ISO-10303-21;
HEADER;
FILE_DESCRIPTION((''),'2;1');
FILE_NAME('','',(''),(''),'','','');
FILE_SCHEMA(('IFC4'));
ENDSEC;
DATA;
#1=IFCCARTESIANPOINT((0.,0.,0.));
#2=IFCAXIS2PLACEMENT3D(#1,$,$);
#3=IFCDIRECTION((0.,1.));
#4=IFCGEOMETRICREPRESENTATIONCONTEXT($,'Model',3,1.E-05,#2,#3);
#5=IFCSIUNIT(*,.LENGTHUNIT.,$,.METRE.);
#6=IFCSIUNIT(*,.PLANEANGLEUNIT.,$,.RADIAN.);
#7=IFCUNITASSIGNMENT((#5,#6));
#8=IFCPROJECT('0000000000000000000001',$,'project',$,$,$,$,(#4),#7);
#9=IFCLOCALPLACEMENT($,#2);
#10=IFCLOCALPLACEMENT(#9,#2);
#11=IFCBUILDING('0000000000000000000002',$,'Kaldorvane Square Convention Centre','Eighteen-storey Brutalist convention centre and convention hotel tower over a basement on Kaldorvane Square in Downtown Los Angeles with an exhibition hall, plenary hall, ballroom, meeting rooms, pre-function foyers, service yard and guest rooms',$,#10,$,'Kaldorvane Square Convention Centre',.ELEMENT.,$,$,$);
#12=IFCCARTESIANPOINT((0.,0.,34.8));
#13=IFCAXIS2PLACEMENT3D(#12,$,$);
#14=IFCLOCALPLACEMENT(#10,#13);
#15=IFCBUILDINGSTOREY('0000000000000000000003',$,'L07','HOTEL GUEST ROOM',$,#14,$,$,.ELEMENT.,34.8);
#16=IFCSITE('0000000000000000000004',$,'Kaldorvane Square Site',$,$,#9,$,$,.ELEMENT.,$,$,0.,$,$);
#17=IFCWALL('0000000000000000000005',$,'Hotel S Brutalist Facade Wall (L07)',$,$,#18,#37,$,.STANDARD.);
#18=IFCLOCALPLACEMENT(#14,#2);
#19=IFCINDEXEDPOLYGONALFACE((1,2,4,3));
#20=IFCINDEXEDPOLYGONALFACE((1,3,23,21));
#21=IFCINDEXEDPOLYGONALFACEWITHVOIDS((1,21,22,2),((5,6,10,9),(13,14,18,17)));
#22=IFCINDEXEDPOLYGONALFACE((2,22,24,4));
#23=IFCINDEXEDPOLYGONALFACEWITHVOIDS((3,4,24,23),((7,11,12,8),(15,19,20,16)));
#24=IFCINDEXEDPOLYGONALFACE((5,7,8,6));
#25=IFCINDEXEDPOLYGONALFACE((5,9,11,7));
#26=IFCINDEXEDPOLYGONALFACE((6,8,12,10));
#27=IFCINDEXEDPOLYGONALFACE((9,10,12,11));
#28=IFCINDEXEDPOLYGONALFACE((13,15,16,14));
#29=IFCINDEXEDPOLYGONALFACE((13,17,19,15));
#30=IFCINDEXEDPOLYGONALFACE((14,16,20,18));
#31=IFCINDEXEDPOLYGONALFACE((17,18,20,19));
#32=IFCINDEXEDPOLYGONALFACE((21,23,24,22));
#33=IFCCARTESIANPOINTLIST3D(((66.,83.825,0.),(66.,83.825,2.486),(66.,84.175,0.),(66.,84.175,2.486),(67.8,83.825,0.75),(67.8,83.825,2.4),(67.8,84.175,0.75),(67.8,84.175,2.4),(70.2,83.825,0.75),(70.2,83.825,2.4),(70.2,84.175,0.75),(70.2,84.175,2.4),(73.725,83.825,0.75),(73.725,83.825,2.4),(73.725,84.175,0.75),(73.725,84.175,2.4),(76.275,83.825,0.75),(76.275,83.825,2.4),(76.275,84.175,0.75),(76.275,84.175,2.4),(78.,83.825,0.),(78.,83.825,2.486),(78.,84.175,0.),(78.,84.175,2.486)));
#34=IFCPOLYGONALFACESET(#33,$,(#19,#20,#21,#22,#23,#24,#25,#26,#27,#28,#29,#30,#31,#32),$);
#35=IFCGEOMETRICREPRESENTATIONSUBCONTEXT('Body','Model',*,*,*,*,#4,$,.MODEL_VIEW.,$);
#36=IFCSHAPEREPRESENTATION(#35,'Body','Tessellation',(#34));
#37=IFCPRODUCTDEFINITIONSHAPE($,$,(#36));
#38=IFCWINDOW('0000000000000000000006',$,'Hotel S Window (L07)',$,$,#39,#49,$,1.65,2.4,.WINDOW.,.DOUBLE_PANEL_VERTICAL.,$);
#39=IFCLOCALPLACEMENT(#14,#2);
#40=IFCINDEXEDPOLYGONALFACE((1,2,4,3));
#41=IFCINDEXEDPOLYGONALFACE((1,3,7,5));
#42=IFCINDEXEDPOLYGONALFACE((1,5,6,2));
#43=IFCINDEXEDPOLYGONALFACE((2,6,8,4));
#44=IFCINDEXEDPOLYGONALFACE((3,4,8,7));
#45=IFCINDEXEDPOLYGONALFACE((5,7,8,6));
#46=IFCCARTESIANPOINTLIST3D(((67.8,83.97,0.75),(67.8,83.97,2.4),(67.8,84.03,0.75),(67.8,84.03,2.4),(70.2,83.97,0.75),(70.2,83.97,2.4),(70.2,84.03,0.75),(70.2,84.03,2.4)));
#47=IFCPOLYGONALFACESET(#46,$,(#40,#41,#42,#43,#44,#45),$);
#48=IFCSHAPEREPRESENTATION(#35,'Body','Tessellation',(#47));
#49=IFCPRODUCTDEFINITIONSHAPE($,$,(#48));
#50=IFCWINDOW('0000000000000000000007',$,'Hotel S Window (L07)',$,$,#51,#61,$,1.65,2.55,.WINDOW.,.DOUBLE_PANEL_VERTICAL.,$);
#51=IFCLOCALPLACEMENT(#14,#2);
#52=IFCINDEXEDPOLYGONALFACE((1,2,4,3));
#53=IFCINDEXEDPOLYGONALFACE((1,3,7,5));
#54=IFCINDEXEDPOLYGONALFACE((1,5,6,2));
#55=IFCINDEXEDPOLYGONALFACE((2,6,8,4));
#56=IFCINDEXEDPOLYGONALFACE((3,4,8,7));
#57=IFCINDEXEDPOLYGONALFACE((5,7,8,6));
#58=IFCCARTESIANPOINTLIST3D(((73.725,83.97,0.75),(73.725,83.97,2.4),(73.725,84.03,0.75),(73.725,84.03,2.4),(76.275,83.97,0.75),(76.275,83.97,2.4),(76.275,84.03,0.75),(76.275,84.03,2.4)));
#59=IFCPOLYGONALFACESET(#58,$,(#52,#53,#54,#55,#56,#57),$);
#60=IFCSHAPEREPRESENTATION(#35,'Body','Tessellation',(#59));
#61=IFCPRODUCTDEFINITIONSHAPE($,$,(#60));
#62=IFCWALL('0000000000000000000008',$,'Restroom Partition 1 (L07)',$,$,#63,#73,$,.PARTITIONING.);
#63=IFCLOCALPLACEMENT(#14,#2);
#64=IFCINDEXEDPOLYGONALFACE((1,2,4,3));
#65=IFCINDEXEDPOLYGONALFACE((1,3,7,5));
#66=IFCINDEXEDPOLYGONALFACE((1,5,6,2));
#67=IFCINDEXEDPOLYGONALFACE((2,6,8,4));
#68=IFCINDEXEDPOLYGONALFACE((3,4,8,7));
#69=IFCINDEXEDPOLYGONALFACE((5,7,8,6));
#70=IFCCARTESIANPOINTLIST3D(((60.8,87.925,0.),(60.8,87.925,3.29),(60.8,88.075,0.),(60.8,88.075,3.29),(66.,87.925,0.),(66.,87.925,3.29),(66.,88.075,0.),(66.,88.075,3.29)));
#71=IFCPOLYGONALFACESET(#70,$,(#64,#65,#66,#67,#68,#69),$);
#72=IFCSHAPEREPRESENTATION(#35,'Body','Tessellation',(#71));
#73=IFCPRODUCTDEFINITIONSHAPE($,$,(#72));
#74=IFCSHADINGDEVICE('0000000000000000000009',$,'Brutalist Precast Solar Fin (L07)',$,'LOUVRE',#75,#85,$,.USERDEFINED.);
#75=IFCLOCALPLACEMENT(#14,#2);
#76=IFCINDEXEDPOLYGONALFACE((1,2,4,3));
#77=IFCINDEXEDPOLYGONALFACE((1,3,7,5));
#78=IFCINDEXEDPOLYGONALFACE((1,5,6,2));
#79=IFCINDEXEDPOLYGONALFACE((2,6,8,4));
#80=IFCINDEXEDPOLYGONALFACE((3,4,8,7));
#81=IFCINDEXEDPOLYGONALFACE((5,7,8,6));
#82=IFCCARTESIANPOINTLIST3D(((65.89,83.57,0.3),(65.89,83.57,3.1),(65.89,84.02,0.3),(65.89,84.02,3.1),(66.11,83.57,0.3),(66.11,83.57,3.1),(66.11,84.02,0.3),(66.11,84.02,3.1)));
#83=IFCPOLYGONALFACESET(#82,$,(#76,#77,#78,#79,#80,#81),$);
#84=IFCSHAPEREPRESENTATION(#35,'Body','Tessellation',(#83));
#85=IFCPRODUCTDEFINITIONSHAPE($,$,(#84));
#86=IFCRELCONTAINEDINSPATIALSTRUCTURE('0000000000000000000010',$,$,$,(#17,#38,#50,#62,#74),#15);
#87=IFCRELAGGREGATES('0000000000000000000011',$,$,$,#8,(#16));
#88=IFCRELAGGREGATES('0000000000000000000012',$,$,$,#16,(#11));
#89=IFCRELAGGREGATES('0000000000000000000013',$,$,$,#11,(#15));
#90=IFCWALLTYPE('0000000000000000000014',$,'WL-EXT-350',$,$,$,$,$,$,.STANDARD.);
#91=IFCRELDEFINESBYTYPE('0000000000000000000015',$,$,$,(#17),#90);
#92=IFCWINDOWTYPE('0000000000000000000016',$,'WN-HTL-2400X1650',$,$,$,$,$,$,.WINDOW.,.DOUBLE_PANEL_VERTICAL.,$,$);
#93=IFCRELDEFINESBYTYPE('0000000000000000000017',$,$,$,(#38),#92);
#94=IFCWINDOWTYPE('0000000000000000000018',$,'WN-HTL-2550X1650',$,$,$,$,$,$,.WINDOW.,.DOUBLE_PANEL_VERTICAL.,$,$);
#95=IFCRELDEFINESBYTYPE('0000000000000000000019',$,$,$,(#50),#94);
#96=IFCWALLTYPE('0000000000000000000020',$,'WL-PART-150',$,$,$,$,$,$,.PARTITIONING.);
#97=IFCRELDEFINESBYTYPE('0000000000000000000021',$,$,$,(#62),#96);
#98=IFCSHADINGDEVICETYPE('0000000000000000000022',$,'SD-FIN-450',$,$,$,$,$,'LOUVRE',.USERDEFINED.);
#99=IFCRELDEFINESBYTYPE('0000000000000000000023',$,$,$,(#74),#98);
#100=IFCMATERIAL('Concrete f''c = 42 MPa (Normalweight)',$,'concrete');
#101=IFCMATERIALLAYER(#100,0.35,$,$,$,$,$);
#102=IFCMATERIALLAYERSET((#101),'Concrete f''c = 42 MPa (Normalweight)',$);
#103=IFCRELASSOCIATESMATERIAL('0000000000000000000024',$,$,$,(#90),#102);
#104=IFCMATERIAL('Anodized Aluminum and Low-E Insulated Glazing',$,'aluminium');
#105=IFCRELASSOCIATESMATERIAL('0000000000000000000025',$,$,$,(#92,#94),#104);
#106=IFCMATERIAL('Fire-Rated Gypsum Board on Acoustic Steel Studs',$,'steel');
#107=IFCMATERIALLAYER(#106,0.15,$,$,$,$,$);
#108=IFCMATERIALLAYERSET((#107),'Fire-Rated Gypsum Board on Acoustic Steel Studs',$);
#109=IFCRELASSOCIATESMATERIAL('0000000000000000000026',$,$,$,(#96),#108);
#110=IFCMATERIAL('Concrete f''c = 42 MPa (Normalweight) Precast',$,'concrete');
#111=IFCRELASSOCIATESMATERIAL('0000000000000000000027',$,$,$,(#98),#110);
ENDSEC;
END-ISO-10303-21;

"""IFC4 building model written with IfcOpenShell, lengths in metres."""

from ifc_helpers import new_model, si_unit, direction, frame, frame_2d, origin, origin_2d, place, context, subcontext, project, spatial, rectangle, extrude, material, layer, layer_set, type_object, element, fill, save


model = new_model("IFC4")

# Units and contexts
model_context = context("Model", 3, precision=1e-05, world=origin(), true_north=direction((0.0, 1.0)))
body_context = subcontext(model_context, "Body", "Model", "MODEL_VIEW")
ifc_project = project(units=[si_unit("LENGTHUNIT", "METRE"), si_unit("PLANEANGLEUNIT", "RADIAN")], contexts=[model_context])

# Site, building, storey
site_placement = place(None, origin())
site = spatial("IfcSite", under=ifc_project, at=site_placement, Name="Kaldorvane Square Site", CompositionType="ELEMENT", RefElevation=0.0)
building_placement = place(site_placement, origin())
building = spatial("IfcBuilding", under=site, at=building_placement, Name="Kaldorvane Square Convention Centre", Description="Eighteen-storey Brutalist convention centre and convention hotel tower over a basement on Kaldorvane Square in Downtown Los Angeles with an exhibition hall, plenary hall, ballroom, meeting rooms, pre-function foyers, service yard and guest rooms", LongName="Kaldorvane Square Convention Centre", CompositionType="ELEMENT")
storey_placement = place(building_placement, frame((0.0, 0.0, 34.8)))
storey = spatial("IfcBuildingStorey", under=building, at=storey_placement, Name="L07", Description="HOTEL GUEST ROOM", CompositionType="ELEMENT", Elevation=34.8)

# Shared definitions
ifc_material_1 = material(Name="Concrete f'c = 42 MPa (Normalweight)", Category="concrete")

# Shared definitions
ifc_material_2 = material(Name="Fire-Rated Gypsum Board on Acoustic Steel Studs", Category="steel")

# Wall, openings, windows
ifc_layer_1 = layer(ifc_material_1, 0.35)
ifc_layer_set_1 = layer_set([ifc_layer_1], Name="Concrete f'c = 42 MPa (Normalweight)")
wall_type_1 = type_object("IfcWallType", Name="WL-EXT-350", PredefinedType="STANDARD", material=ifc_layer_set_1)
ifc_material_3 = material(Name="Anodized Aluminum and Low-E Insulated Glazing", Category="aluminium")
wall_1_placement = place(storey_placement, frame((66.0, 84.0, 0.0), z_axis=(0.0, 0.0, 1.0), x_axis=(1.0, 0.0, 0.0)))
wall_1 = element("IfcWall", 1, at=wall_1_placement, inside=storey, type_object=wall_type_1, Name="Hotel S Brutalist Facade Wall (L07)", PredefinedType="STANDARD", context=body_context, shape_type="SweptSolid", body=[
    extrude(rectangle(XDim=12.0, YDim=0.35, at=frame_2d((6.0, 0.0))), origin(), (0.0, 0.0, 1.0), 2.486),
])
opening_1_placement = place(wall_1_placement, frame((1.8, 0.0, 0.75)))
opening_1 = element("IfcOpeningElement", 2, at=opening_1_placement, cuts=wall_1, PredefinedType="OPENING", context=body_context, shape_type="SweptSolid", body=[
    extrude(rectangle(XDim=2.4, YDim=1.65, at=frame_2d((1.2, 0.825))), frame((0.0, 0.19, 0.0), z_axis=(0.0, -1.0, 0.0), x_axis=(1.0, 0.0, 0.0)), (0.0, 0.0, 1.0), 0.38),
])
opening_2_placement = place(wall_1_placement, frame((7.725, 0.0, 0.75)))
opening_2 = element("IfcOpeningElement", 3, at=opening_2_placement, cuts=wall_1, PredefinedType="OPENING", context=body_context, shape_type="SweptSolid", body=[
    extrude(rectangle(XDim=2.55, YDim=1.65, at=frame_2d((1.275, 0.825))), frame((0.0, 0.19, 0.0), z_axis=(0.0, -1.0, 0.0), x_axis=(1.0, 0.0, 0.0)), (0.0, 0.0, 1.0), 0.38),
])
window_type_1 = type_object("IfcWindowType", Name="WN-HTL-2400X1650", PartitioningType="DOUBLE_PANEL_VERTICAL", PredefinedType="WINDOW", material=ifc_material_3)
window_1_placement = place(opening_1_placement, origin())
window_1 = element("IfcWindow", 4, at=window_1_placement, inside=storey, type_object=window_type_1, Name="Hotel S Window (L07)", OverallHeight=1.65, OverallWidth=2.4, PartitioningType="DOUBLE_PANEL_VERTICAL", PredefinedType="WINDOW", context=body_context, shape_type="SweptSolid", body=[
    extrude(rectangle(XDim=2.4, YDim=1.65, at=frame_2d((1.2, 0.825))), frame((0.0, 0.03, 0.0), z_axis=(0.0, -1.0, 0.0), x_axis=(1.0, 0.0, 0.0)), (0.0, 0.0, 1.0), 0.06),
])
fill(opening_1, window_1)
window_type_2 = type_object("IfcWindowType", Name="WN-HTL-2550X1650", PartitioningType="DOUBLE_PANEL_VERTICAL", PredefinedType="WINDOW", material=ifc_material_3)
window_2_placement = place(opening_2_placement, origin())
window_2 = element("IfcWindow", 5, at=window_2_placement, inside=storey, type_object=window_type_2, Name="Hotel S Window (L07)", OverallHeight=1.65, OverallWidth=2.55, PartitioningType="DOUBLE_PANEL_VERTICAL", PredefinedType="WINDOW", context=body_context, shape_type="SweptSolid", body=[
    extrude(rectangle(XDim=2.55, YDim=1.65, at=frame_2d((1.275, 0.825))), frame((0.0, 0.03, 0.0), z_axis=(0.0, -1.0, 0.0), x_axis=(1.0, 0.0, 0.0)), (0.0, 0.0, 1.0), 0.06),
])
fill(opening_2, window_2)

# Wall
ifc_layer_2 = layer(ifc_material_2, 0.15)
ifc_layer_set_2 = layer_set([ifc_layer_2], Name="Fire-Rated Gypsum Board on Acoustic Steel Studs")
wall_type_2 = type_object("IfcWallType", Name="WL-PART-150", PredefinedType="PARTITIONING", material=ifc_layer_set_2)
wall_2_placement = place(storey_placement, frame((60.8, 88.0, 0.0), z_axis=(0.0, 0.0, 1.0), x_axis=(1.0, 0.0, 0.0)))
element("IfcWall", 6, at=wall_2_placement, inside=storey, type_object=wall_type_2, Name="Restroom Partition 1 (L07)", PredefinedType="PARTITIONING", context=body_context, shape_type="SweptSolid", body=[
    extrude(rectangle(XDim=5.2, YDim=0.15, at=frame_2d((2.6, 0.0))), origin(), (0.0, 0.0, 1.0), 3.29),
])

# Shading device
ifc_material_4 = material(Name="Concrete f'c = 42 MPa (Normalweight) Precast", Category="concrete")
shading_device_type = type_object("IfcShadingDeviceType", Name="SD-FIN-450", ElementType="LOUVRE", PredefinedType="USERDEFINED", material=ifc_material_4)
shading_device_placement = place(storey_placement, frame((66.0, 83.795, 0.3), z_axis=(0.0, 0.0, 1.0), x_axis=(1.0, 0.0, 0.0)))
element("IfcShadingDevice", 7, at=shading_device_placement, inside=storey, type_object=shading_device_type, Name="Brutalist Precast Solar Fin (L07)", ObjectType="LOUVRE", PredefinedType="USERDEFINED", context=body_context, shape_type="SweptSolid", body=[
    extrude(rectangle(XDim=0.22, YDim=0.45, at=origin_2d()), origin(), (0.0, 0.0, 1.0), 2.8),
])

save(model, "model.ifc")
